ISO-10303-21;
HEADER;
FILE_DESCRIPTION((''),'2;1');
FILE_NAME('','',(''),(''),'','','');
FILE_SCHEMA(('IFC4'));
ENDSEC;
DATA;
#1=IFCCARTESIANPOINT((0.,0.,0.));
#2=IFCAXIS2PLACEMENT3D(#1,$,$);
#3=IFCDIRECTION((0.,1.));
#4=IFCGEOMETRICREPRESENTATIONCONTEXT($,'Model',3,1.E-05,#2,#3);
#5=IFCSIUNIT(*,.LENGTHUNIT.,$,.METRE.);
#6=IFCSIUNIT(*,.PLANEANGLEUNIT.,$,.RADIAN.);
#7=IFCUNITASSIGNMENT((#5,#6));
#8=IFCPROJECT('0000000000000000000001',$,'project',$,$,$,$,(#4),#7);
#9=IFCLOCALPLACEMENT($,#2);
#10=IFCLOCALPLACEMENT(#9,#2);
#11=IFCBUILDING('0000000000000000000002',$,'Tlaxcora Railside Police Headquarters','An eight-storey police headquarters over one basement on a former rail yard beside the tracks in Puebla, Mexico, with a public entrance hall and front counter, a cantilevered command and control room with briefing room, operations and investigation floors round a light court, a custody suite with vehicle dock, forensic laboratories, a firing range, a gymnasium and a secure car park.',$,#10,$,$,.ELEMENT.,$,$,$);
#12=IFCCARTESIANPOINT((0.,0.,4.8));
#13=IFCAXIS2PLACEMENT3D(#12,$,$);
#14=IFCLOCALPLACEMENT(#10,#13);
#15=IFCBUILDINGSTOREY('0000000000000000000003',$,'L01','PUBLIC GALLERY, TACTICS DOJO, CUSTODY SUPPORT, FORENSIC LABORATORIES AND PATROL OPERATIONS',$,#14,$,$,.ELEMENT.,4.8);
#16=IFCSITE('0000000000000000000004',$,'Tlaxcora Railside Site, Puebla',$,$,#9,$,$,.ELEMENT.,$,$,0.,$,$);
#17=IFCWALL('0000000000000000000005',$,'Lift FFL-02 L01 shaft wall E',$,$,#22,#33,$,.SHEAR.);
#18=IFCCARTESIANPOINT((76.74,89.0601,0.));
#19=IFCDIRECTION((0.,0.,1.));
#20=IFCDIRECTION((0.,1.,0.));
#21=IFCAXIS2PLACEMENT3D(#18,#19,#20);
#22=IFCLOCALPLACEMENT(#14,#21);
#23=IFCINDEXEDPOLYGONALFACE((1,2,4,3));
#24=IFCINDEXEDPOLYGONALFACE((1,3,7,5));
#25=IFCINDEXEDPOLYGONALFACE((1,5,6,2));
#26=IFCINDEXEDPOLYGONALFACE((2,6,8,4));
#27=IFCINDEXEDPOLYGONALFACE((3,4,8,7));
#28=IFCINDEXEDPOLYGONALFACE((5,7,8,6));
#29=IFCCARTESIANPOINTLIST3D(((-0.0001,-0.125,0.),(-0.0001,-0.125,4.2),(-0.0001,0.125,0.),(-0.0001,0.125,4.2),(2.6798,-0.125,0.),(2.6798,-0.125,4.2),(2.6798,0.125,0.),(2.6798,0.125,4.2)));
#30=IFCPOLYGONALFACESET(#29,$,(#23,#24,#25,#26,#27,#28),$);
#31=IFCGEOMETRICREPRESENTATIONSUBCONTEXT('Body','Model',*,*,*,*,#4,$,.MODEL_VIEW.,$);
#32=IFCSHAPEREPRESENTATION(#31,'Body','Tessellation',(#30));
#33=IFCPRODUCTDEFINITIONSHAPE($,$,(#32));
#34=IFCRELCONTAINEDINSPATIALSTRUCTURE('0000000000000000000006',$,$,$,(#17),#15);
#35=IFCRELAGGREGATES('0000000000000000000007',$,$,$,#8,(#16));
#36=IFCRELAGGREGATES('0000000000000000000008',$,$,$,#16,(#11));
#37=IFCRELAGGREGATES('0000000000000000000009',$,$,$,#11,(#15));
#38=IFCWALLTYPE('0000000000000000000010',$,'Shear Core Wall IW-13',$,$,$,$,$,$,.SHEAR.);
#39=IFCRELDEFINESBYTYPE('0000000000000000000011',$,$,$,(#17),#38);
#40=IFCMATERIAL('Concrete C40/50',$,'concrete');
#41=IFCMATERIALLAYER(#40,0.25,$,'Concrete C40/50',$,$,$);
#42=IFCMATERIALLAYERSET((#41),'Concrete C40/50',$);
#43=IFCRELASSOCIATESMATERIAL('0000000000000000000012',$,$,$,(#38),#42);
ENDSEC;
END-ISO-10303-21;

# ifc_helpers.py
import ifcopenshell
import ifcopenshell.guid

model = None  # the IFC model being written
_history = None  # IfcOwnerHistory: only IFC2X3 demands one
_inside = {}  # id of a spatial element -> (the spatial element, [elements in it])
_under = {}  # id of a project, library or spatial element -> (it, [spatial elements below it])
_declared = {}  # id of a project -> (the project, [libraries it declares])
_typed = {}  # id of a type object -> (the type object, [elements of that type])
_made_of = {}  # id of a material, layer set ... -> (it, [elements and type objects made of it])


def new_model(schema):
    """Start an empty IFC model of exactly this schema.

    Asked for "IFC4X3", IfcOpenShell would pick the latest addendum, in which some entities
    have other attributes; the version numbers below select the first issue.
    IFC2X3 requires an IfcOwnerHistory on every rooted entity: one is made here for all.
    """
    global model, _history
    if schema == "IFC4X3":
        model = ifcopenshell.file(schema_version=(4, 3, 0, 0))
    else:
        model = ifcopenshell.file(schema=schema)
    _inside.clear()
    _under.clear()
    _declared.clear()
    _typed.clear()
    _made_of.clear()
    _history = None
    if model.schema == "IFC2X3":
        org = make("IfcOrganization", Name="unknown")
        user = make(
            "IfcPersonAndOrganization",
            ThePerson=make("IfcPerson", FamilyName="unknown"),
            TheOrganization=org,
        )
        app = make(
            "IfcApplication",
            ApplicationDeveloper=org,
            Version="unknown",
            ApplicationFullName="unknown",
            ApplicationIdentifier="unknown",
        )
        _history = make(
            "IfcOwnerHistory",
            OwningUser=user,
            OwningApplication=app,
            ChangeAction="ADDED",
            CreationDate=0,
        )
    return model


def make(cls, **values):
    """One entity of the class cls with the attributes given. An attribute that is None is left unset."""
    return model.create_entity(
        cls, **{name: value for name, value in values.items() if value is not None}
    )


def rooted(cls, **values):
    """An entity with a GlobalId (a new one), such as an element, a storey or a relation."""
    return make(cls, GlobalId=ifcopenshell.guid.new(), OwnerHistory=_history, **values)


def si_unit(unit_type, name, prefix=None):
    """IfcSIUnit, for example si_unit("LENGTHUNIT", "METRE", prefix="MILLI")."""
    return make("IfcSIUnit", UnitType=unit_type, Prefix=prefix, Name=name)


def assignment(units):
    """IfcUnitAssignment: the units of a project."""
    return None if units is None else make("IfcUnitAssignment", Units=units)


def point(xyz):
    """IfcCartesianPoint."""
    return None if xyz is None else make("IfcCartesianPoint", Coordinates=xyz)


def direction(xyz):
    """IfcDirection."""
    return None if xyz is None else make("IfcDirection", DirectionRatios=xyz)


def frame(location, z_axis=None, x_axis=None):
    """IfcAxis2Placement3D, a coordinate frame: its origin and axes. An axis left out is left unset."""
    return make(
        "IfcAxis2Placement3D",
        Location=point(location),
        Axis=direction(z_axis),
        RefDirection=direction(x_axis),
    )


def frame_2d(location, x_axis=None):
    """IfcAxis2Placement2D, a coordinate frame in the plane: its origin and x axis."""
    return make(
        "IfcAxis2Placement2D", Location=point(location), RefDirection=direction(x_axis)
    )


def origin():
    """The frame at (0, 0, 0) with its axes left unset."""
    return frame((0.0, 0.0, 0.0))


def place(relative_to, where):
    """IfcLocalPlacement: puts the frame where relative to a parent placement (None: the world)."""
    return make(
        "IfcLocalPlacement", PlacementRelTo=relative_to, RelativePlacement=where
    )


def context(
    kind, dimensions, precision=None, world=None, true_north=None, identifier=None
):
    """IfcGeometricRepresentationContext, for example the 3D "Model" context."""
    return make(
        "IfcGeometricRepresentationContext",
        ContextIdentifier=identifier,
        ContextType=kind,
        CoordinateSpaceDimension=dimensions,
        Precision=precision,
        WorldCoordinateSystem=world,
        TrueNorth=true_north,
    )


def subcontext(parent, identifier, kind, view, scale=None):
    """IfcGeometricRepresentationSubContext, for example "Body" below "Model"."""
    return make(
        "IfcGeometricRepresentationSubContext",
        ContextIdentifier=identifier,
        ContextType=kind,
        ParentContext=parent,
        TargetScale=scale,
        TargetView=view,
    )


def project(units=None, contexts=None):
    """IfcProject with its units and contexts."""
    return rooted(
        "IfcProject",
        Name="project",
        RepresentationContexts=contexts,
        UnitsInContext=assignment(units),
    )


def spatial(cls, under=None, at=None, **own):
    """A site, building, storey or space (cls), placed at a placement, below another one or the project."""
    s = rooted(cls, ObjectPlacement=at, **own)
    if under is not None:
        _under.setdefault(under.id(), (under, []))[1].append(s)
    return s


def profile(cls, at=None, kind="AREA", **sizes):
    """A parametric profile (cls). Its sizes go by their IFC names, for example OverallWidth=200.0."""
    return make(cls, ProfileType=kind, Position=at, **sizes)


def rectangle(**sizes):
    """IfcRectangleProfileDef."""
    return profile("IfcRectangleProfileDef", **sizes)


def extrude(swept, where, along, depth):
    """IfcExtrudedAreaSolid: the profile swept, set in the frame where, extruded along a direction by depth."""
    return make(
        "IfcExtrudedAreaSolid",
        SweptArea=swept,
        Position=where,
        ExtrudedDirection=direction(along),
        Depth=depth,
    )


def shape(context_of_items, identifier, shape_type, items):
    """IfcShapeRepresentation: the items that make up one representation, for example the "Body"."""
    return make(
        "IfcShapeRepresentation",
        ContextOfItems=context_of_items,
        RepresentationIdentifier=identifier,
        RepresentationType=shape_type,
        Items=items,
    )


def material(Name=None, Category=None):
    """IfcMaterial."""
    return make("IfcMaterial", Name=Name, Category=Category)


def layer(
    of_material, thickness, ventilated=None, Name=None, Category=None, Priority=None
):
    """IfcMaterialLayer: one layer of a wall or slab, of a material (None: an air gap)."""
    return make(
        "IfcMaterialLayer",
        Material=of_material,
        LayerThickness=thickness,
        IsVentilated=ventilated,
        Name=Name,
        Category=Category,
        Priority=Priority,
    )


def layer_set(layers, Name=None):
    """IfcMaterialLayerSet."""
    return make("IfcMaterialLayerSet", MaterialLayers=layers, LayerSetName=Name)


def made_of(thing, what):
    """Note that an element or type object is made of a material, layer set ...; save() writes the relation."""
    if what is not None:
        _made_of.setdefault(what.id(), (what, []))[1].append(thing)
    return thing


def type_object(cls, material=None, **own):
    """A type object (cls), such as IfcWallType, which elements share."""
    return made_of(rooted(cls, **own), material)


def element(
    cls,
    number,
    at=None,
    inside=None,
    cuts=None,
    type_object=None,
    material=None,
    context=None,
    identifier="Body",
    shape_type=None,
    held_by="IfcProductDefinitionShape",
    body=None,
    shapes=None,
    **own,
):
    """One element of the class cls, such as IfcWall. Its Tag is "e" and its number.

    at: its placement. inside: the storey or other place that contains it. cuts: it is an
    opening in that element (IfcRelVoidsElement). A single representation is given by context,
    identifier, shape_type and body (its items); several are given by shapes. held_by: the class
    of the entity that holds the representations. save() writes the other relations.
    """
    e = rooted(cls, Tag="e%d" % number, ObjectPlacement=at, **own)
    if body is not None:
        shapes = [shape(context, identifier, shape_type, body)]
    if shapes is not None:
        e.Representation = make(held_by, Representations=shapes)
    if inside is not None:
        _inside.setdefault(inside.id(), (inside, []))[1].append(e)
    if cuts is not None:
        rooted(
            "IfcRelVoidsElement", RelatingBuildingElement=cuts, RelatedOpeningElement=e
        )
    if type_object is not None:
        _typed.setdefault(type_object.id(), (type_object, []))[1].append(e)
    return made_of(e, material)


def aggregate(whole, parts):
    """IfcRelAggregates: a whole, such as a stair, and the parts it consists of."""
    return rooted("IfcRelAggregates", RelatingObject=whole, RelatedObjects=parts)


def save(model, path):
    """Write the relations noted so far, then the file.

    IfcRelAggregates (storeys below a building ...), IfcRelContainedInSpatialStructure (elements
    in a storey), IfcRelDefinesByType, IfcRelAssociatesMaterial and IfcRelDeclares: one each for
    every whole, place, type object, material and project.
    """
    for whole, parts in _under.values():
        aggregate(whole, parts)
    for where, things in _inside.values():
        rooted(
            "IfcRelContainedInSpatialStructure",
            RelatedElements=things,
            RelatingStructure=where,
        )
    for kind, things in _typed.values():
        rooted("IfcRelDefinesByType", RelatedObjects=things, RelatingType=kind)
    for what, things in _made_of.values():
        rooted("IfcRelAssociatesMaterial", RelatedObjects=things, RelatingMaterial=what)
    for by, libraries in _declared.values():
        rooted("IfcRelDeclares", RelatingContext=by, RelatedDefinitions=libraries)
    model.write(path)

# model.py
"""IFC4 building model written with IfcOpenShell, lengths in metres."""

from ifc_helpers import new_model, si_unit, direction, frame, frame_2d, origin, place, context, subcontext, project, spatial, rectangle, extrude, material, layer, layer_set, type_object, element, save


model = new_model("IFC4")

# Units and contexts
model_context = context("Model", 3, precision=1e-05, world=origin(), true_north=direction((0.0, 1.0)))
body_context = subcontext(model_context, "Body", "Model", "MODEL_VIEW")
ifc_project = project(units=[si_unit("LENGTHUNIT", "METRE"), si_unit("PLANEANGLEUNIT", "RADIAN")], contexts=[model_context])

# Site, building, storey
site_placement = place(None, origin())
site = spatial("IfcSite", under=ifc_project, at=site_placement, Name="Tlaxcora Railside Site, Puebla", CompositionType="ELEMENT", RefElevation=0.0)
building_placement = place(site_placement, origin())
building = spatial("IfcBuilding", under=site, at=building_placement, Name="Tlaxcora Railside Police Headquarters", Description="An eight-storey police headquarters over one basement on a former rail yard beside the tracks in Puebla, Mexico, with a public entrance hall and front counter, a cantilevered command and control room with briefing room, operations and investigation floors round a light court, a custody suite with vehicle dock, forensic laboratories, a firing range, a gymnasium and a secure car park.", CompositionType="ELEMENT")
storey_placement = place(building_placement, frame((0.0, 0.0, 4.8)))
storey = spatial("IfcBuildingStorey", under=building, at=storey_placement, Name="L01", Description="PUBLIC GALLERY, TACTICS DOJO, CUSTODY SUPPORT, FORENSIC LABORATORIES AND PATROL OPERATIONS", CompositionType="ELEMENT", Elevation=4.8)

# Shared definitions
ifc_material_1 = material(Name="Concrete C40/50", Category="concrete")

# Shared definitions
ifc_layer_1 = layer(ifc_material_1, 0.25, Name="Concrete C40/50")
ifc_layer_set_1 = layer_set([ifc_layer_1], Name="Concrete C40/50")
wall_type_1 = type_object("IfcWallType", Name="Shear Core Wall IW-13", PredefinedType="SHEAR", material=ifc_layer_set_1)

# Wall
wall_1_placement = place(storey_placement, frame((76.74, 89.0601, 0.0), z_axis=(0.0, 0.0, 1.0), x_axis=(0.0, 1.0, 0.0)))
element("IfcWall", 1, at=wall_1_placement, inside=storey, type_object=wall_type_1, Name="Lift FFL-02 L01 shaft wall E", PredefinedType="SHEAR", context=body_context, shape_type="SweptSolid", body=[
    extrude(rectangle(XDim=2.6799, YDim=0.25, at=frame_2d((1.3398, 0.0))), origin(), (0.0, 0.0, 1.0), 4.2),
])

save(model, "model.ifc")
